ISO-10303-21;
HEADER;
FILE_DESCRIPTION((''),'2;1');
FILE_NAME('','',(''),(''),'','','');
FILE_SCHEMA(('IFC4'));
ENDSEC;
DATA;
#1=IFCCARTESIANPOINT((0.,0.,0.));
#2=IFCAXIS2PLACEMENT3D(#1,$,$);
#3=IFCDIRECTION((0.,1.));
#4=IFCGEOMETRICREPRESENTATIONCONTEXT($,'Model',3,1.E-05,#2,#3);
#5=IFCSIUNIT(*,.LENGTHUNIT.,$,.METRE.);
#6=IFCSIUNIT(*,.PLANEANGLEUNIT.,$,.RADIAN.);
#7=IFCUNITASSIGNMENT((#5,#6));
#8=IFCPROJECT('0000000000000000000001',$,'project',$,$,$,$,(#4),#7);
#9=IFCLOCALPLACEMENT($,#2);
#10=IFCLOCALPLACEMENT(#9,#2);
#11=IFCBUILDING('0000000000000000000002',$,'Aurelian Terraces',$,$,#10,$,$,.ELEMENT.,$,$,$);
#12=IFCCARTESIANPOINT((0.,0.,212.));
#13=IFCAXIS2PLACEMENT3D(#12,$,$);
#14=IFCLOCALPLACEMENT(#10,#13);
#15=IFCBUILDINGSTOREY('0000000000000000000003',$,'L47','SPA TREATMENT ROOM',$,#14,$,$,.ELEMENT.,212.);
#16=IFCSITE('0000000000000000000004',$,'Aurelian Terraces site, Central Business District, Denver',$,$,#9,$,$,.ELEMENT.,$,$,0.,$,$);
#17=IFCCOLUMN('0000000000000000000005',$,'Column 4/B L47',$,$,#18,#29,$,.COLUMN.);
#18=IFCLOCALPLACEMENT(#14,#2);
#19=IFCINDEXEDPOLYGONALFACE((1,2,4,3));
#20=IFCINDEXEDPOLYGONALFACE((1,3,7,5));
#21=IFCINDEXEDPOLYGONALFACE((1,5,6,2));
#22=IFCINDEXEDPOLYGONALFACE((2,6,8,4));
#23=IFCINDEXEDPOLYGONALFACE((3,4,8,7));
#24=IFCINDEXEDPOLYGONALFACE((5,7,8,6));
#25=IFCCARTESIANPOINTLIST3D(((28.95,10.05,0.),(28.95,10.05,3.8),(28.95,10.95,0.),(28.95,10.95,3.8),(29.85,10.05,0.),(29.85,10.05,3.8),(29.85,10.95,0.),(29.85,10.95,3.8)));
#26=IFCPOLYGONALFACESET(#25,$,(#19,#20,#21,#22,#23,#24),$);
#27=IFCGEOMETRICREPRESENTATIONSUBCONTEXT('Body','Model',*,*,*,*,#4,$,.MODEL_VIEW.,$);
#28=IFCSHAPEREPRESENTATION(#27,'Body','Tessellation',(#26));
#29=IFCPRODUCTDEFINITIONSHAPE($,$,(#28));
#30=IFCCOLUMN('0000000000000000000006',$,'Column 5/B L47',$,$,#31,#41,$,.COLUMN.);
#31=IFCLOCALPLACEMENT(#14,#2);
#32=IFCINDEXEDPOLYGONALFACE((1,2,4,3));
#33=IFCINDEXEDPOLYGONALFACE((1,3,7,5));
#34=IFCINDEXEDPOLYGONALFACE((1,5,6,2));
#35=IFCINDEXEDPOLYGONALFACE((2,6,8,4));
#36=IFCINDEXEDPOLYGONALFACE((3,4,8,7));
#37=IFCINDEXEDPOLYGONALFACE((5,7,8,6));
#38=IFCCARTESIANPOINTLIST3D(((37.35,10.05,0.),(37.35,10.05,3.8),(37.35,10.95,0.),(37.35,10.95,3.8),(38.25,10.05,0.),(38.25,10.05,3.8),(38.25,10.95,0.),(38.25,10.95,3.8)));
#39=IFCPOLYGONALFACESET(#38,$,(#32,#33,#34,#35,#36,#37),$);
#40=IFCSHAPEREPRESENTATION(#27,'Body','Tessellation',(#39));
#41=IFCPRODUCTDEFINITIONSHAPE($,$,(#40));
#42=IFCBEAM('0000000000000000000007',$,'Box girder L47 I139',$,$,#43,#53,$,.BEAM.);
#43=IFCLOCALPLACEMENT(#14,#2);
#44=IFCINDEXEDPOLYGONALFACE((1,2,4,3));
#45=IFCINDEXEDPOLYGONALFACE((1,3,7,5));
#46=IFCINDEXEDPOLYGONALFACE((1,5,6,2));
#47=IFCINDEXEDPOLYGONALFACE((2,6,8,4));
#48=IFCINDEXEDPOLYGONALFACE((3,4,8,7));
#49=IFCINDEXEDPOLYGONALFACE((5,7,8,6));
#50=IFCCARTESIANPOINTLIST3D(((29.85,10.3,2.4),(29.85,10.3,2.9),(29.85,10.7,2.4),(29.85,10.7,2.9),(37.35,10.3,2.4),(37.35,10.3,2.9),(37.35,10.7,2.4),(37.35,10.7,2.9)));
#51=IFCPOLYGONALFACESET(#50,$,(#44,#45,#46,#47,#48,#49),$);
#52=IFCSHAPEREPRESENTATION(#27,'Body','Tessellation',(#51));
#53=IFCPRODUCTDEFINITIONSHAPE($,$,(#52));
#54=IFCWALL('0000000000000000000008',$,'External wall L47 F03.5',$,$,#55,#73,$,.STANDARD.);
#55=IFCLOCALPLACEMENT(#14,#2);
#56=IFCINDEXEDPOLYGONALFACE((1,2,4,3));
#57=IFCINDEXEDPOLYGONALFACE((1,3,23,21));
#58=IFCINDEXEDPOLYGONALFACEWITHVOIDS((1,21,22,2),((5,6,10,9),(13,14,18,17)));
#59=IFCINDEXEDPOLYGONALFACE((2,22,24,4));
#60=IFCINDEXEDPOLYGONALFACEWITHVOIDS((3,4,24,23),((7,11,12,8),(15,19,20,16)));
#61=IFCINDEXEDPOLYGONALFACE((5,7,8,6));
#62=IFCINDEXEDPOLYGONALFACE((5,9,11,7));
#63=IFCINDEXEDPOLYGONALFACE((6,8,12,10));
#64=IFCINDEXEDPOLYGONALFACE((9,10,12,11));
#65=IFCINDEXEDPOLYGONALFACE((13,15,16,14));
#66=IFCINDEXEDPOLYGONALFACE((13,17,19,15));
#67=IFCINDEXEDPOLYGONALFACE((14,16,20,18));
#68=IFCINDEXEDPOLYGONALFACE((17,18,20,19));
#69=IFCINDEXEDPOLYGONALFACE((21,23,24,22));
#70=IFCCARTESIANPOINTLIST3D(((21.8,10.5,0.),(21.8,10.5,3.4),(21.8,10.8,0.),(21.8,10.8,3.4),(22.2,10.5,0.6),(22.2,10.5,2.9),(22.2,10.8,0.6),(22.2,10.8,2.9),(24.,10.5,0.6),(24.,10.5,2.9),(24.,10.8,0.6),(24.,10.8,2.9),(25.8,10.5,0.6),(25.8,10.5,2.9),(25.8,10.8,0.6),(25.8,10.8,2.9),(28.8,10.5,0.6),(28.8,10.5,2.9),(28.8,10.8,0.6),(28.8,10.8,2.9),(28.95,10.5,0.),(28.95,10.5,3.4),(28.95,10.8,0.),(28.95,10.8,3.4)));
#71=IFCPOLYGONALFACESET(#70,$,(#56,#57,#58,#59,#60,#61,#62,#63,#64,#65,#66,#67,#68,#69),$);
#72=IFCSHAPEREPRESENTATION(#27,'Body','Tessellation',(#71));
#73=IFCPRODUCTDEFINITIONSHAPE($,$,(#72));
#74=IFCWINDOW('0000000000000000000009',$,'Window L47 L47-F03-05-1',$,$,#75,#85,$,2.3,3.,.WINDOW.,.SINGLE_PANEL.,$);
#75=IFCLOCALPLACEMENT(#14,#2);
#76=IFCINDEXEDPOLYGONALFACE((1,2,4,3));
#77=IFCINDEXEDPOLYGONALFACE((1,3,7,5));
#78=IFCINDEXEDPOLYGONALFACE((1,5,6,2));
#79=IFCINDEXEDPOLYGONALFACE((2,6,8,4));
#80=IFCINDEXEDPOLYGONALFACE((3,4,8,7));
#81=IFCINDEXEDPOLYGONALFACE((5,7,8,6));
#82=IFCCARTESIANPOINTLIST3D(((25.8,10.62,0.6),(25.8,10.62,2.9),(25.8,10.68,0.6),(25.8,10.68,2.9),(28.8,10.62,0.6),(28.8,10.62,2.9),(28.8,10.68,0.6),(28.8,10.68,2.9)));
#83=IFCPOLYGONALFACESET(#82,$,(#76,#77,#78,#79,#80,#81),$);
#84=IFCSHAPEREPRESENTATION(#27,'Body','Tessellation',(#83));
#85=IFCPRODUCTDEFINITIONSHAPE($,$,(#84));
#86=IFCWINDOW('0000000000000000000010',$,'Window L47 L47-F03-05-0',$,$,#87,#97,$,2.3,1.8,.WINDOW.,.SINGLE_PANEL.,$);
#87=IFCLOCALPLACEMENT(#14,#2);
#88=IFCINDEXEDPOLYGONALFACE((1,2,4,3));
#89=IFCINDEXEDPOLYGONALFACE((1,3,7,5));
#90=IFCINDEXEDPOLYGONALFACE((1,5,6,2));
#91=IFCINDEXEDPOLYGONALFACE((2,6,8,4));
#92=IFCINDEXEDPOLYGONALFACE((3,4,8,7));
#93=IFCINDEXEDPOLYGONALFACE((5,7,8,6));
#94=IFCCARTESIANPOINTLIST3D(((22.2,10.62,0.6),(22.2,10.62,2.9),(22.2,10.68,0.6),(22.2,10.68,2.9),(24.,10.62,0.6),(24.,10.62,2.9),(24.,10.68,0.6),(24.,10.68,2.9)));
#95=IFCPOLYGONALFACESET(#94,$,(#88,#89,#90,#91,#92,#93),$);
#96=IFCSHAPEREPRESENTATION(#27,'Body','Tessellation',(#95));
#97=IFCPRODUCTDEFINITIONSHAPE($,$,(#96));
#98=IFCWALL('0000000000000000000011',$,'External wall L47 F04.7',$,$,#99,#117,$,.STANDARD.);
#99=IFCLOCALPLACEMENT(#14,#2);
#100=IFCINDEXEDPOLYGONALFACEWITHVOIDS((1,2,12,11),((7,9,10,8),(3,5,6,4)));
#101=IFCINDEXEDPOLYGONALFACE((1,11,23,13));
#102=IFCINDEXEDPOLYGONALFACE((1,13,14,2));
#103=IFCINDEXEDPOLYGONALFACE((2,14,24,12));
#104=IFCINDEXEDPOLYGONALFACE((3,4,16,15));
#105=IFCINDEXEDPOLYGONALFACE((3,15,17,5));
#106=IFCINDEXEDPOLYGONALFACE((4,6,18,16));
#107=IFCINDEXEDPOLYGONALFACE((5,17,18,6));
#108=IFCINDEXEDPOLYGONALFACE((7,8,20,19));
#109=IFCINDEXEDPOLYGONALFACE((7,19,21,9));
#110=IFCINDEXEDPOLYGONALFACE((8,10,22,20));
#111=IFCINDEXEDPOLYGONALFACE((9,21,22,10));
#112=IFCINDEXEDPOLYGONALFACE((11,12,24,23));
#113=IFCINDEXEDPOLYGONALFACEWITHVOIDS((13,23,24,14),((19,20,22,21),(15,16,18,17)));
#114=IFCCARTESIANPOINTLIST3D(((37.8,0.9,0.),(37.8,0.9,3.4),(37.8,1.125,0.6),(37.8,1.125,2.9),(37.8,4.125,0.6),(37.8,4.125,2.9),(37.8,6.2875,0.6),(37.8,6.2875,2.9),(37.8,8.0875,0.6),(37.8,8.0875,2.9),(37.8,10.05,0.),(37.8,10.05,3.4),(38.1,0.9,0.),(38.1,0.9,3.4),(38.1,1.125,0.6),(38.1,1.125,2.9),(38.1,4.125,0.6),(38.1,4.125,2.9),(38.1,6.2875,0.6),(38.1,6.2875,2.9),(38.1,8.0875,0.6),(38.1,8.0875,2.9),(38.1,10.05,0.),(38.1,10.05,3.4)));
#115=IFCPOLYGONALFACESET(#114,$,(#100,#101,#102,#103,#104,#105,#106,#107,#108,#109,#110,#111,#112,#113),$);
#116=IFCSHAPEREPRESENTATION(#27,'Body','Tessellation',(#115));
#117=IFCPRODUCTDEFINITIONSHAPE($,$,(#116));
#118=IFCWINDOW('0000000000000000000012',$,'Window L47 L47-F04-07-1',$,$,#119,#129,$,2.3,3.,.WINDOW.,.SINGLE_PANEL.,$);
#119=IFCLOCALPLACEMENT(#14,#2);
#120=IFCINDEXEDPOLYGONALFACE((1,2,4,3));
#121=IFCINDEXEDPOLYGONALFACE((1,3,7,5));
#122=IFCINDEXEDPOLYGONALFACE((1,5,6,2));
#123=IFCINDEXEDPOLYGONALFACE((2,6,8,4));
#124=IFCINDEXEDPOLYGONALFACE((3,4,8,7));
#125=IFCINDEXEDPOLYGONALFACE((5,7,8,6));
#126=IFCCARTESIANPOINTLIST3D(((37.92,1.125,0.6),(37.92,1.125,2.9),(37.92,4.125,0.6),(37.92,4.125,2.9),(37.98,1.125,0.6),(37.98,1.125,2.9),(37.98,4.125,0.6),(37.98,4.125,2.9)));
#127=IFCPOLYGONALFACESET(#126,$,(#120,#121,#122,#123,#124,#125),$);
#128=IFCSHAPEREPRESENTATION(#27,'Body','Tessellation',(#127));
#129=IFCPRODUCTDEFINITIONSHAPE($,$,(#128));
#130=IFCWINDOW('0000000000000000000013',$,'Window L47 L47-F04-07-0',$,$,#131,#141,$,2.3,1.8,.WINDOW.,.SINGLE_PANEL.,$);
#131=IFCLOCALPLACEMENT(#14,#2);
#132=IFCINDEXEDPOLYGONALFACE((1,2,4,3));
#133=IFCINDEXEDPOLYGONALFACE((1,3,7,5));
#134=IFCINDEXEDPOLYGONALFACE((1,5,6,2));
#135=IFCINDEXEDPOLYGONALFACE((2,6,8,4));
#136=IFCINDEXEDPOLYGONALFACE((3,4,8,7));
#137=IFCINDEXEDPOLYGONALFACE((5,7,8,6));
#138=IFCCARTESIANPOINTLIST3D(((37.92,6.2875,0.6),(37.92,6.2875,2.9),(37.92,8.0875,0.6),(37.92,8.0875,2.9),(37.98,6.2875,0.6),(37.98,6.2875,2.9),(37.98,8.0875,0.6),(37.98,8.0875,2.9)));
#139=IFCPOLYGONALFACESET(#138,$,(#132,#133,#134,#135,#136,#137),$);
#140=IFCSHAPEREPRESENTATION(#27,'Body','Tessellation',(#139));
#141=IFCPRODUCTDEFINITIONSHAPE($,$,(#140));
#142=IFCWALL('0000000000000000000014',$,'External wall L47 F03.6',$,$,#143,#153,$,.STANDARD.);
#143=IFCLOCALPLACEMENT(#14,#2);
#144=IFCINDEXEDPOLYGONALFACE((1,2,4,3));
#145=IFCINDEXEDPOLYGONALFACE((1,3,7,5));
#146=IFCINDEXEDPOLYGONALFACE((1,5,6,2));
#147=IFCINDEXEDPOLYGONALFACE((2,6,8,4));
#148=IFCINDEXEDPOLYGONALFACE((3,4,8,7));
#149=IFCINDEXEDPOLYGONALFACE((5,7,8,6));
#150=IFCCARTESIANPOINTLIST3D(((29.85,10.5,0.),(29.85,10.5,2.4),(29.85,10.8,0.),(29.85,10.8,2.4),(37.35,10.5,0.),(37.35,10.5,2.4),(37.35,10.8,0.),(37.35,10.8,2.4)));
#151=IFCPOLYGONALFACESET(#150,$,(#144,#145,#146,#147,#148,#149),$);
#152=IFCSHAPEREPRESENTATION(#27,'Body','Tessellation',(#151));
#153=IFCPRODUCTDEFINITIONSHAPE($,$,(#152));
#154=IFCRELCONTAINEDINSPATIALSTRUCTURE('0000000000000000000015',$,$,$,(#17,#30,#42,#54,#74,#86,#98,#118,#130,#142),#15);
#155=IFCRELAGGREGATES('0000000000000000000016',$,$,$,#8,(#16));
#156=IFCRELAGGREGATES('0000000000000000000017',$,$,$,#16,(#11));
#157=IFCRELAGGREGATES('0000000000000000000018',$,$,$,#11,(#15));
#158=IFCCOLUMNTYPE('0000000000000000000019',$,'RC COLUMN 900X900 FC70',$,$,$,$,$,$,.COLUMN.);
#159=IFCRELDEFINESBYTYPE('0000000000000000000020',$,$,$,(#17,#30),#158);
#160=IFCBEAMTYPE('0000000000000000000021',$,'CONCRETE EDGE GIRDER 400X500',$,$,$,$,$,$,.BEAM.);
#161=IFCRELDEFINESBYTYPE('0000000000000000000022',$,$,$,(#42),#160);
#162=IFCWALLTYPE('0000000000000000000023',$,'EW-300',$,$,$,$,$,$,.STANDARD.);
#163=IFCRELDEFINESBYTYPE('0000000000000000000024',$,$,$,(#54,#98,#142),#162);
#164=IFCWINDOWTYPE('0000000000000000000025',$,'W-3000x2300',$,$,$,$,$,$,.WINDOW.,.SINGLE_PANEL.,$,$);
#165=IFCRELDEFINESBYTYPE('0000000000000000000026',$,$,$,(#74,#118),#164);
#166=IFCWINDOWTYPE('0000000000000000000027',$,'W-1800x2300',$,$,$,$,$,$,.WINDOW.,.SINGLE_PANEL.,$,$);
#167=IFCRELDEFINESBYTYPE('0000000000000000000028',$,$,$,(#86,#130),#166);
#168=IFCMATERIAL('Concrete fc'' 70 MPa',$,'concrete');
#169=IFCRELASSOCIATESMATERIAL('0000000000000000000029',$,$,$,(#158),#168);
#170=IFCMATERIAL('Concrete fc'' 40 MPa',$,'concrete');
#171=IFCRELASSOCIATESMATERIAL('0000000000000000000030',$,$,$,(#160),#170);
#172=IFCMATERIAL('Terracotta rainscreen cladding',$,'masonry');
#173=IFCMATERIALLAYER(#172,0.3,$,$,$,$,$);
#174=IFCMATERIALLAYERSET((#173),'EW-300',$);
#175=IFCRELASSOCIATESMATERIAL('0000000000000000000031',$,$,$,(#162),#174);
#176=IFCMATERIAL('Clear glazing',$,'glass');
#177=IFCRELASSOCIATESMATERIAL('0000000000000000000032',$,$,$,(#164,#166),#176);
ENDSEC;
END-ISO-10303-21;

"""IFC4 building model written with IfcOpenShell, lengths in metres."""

from ifc_helpers import new_model, si_unit, direction, frame, frame_2d, origin, origin_2d, place, context, subcontext, project, spatial, rectangle, extrude, source, transform, mapped, material, layer, layer_set, material_profile, profile_set, type_object, element, fill, save


model = new_model("IFC4")

# Units and contexts
model_context = context("Model", 3, precision=1e-05, world=origin(), true_north=direction((0.0, 1.0)))
body_context = subcontext(model_context, "Body", "Model", "MODEL_VIEW")
ifc_project = project(units=[si_unit("LENGTHUNIT", "METRE"), si_unit("PLANEANGLEUNIT", "RADIAN")], contexts=[model_context])

# Site, building, storey
site_placement = place(None, origin())
site = spatial("IfcSite", under=ifc_project, at=site_placement, Name="Aurelian Terraces site, Central Business District, Denver", CompositionType="ELEMENT", RefElevation=0.0)
building_placement = place(site_placement, origin())
building = spatial("IfcBuilding", under=site, at=building_placement, Name="Aurelian Terraces", CompositionType="ELEMENT")
storey_placement = place(building_placement, frame((0.0, 0.0, 212.0)))
storey = spatial("IfcBuildingStorey", under=building, at=storey_placement, Name="L47", Description="SPA TREATMENT ROOM", CompositionType="ELEMENT", Elevation=212.0)

# Columns
ifc_material_1 = material(Name="Concrete fc' 70 MPa", Category="concrete")
ifc_material_profile_1 = material_profile(ifc_material_1, rectangle(XDim=0.9, YDim=0.9, at=origin_2d()))
ifc_profile_set_1 = profile_set([ifc_material_profile_1], Name="Concrete fc' 70 MPa")
column_type = type_object("IfcColumnType", Name="RC COLUMN 900X900 FC70", PredefinedType="COLUMN", material=ifc_profile_set_1)
shared_shape_1 = source(origin(), body_context, "Body", "SweptSolid", [
    extrude(rectangle(XDim=0.9, YDim=0.9, at=origin_2d()), origin(), (0.0, 0.0, 1.0), 3.8),
])
for number, where, z_axis, x_axis, name in (
    (1, (29.4, 10.5, 0.0), (0.0, 0.0, 1.0), (1.0, 0.0, 0.0), "Column 4/B L47"),
    (2, (37.8, 10.5, 0.0), (0.0, 0.0, 1.0), (1.0, 0.0, 0.0), "Column 5/B L47"),
):
    element("IfcColumn", number, at=place(storey_placement, frame(where, z_axis=z_axis, x_axis=x_axis)), inside=storey, type_object=column_type, Name=name, PredefinedType="COLUMN", context=body_context, shape_type="MappedRepresentation", body=[
        mapped(shared_shape_1, transform((0.0, 0.0, 0.0), scale=1.0)),
    ])

# Beam
ifc_material_2 = material(Name="Concrete fc' 40 MPa", Category="concrete")
ifc_material_profile_2 = material_profile(ifc_material_2, rectangle(XDim=0.4, YDim=0.5, at=origin_2d()))
ifc_profile_set_2 = profile_set([ifc_material_profile_2], Name="Concrete fc' 40 MPa")
beam_type = type_object("IfcBeamType", Name="CONCRETE EDGE GIRDER 400X500", PredefinedType="BEAM", material=ifc_profile_set_2)
shared_shape_2 = source(origin(), body_context, "Body", "SweptSolid", [
    extrude(rectangle(XDim=0.4, YDim=0.5, at=origin_2d()), origin(), (0.0, 0.0, 1.0), 7.5),
])
beam_placement = place(storey_placement, frame((29.85, 10.5, 2.65), z_axis=(1.0, 0.0, 0.0), x_axis=(0.0, 1.0, 0.0)))
element("IfcBeam", 3, at=beam_placement, inside=storey, type_object=beam_type, Name="Box girder L47 I139", PredefinedType="BEAM", context=body_context, shape_type="MappedRepresentation", body=[
    mapped(shared_shape_2, transform((0.0, 0.0, 0.0), scale=1.0)),
])

# Walls, openings, windows
ifc_material_3 = material(Name="Terracotta rainscreen cladding", Category="masonry")
ifc_layer_1 = layer(ifc_material_3, 0.3)
ifc_layer_set_1 = layer_set([ifc_layer_1], Name="EW-300")
wall_type_1 = type_object("IfcWallType", Name="EW-300", PredefinedType="STANDARD", material=ifc_layer_set_1)
shared_shape_3 = source(origin(), body_context, "Body", "SweptSolid", [
    extrude(rectangle(XDim=7.15, YDim=0.3, at=frame_2d((3.575, 0.0))), origin(), (0.0, 0.0, 1.0), 3.4),
])
wall_1_placement = place(storey_placement, frame((21.8, 10.65, 0.0), z_axis=(0.0, 0.0, 1.0), x_axis=(1.0, 0.0, 0.0)))
wall_1 = element("IfcWall", 4, at=wall_1_placement, inside=storey, type_object=wall_type_1, Name="External wall L47 F03.5", PredefinedType="STANDARD", context=body_context, shape_type="MappedRepresentation", body=[
    mapped(shared_shape_3, transform((0.0, 0.0, 0.0), scale=1.0)),
])
shared_shape_4 = source(origin(), body_context, "Body", "SweptSolid", [
    extrude(rectangle(XDim=1.8, YDim=2.3, at=frame_2d((0.9, 1.15))), frame((0.0, 0.16, 0.0), z_axis=(0.0, -1.0, 0.0), x_axis=(1.0, 0.0, 0.0)), (0.0, 0.0, 1.0), 0.32),
])
opening_1_placement = place(wall_1_placement, frame((0.4, 0.0, 0.6)))
opening_1 = element("IfcOpeningElement", 5, at=opening_1_placement, cuts=wall_1, PredefinedType="OPENING", context=body_context, shape_type="MappedRepresentation", body=[
    mapped(shared_shape_4, transform((0.0, 0.0, 0.0), scale=1.0)),
])
shared_shape_5 = source(origin(), body_context, "Body", "SweptSolid", [
    extrude(rectangle(XDim=3.0, YDim=2.3, at=frame_2d((1.5, 1.15))), frame((0.0, 0.16, 0.0), z_axis=(0.0, -1.0, 0.0), x_axis=(1.0, 0.0, 0.0)), (0.0, 0.0, 1.0), 0.32),
])
opening_2_placement = place(wall_1_placement, frame((4.0, 0.0, 0.6)))
opening_2 = element("IfcOpeningElement", 6, at=opening_2_placement, cuts=wall_1, PredefinedType="OPENING", context=body_context, shape_type="MappedRepresentation", body=[
    mapped(shared_shape_5, transform((0.0, 0.0, 0.0), scale=1.0)),
])
ifc_material_4 = material(Name="Clear glazing", Category="glass")
window_type_1 = type_object("IfcWindowType", Name="W-3000x2300", PartitioningType="SINGLE_PANEL", PredefinedType="WINDOW", material=ifc_material_4)
shared_shape_6 = source(origin(), body_context, "Body", "SweptSolid", [
    extrude(rectangle(XDim=3.0, YDim=2.3, at=frame_2d((1.5, 1.15))), frame((0.0, 0.03, 0.0), z_axis=(0.0, -1.0, 0.0), x_axis=(1.0, 0.0, 0.0)), (0.0, 0.0, 1.0), 0.06),
])
window_1_placement = place(opening_2_placement, origin())
window_1 = element("IfcWindow", 7, at=window_1_placement, inside=storey, type_object=window_type_1, Name="Window L47 L47-F03-05-1", OverallHeight=2.3, OverallWidth=3.0, PartitioningType="SINGLE_PANEL", PredefinedType="WINDOW", context=body_context, shape_type="MappedRepresentation", body=[
    mapped(shared_shape_6, transform((0.0, 0.0, 0.0), scale=1.0)),
])
fill(opening_2, window_1)
window_type_2 = type_object("IfcWindowType", Name="W-1800x2300", PartitioningType="SINGLE_PANEL", PredefinedType="WINDOW", material=ifc_material_4)
shared_shape_7 = source(origin(), body_context, "Body", "SweptSolid", [
    extrude(rectangle(XDim=1.8, YDim=2.3, at=frame_2d((0.9, 1.15))), frame((0.0, 0.03, 0.0), z_axis=(0.0, -1.0, 0.0), x_axis=(1.0, 0.0, 0.0)), (0.0, 0.0, 1.0), 0.06),
])
window_2_placement = place(opening_1_placement, origin())
window_2 = element("IfcWindow", 8, at=window_2_placement, inside=storey, type_object=window_type_2, Name="Window L47 L47-F03-05-0", OverallHeight=2.3, OverallWidth=1.8, PartitioningType="SINGLE_PANEL", PredefinedType="WINDOW", context=body_context, shape_type="MappedRepresentation", body=[
    mapped(shared_shape_7, transform((0.0, 0.0, 0.0), scale=1.0)),
])
fill(opening_1, window_2)
shared_shape_8 = source(origin(), body_context, "Body", "SweptSolid", [
    extrude(rectangle(XDim=9.15, YDim=0.3, at=frame_2d((4.575, 0.0))), origin(), (0.0, 0.0, 1.0), 3.4),
])
wall_2_placement = place(storey_placement, frame((37.95, 10.05, 0.0), z_axis=(0.0, 0.0, 1.0), x_axis=(0.0, -1.0, 0.0)))
wall_2 = element("IfcWall", 9, at=wall_2_placement, inside=storey, type_object=wall_type_1, Name="External wall L47 F04.7", PredefinedType="STANDARD", context=body_context, shape_type="MappedRepresentation", body=[
    mapped(shared_shape_8, transform((0.0, 0.0, 0.0), scale=1.0)),
])
opening_3_placement = place(wall_2_placement, frame((1.9625, 0.0, 0.6)))
opening_3 = element("IfcOpeningElement", 10, at=opening_3_placement, cuts=wall_2, PredefinedType="OPENING", context=body_context, shape_type="MappedRepresentation", body=[
    mapped(shared_shape_4, transform((0.0, 0.0, 0.0), scale=1.0)),
])
opening_4_placement = place(wall_2_placement, frame((5.925, 0.0, 0.6)))
opening_4 = element("IfcOpeningElement", 11, at=opening_4_placement, cuts=wall_2, PredefinedType="OPENING", context=body_context, shape_type="MappedRepresentation", body=[
    mapped(shared_shape_5, transform((0.0, 0.0, 0.0), scale=1.0)),
])
window_3_placement = place(opening_4_placement, origin())
window_3 = element("IfcWindow", 12, at=window_3_placement, inside=storey, type_object=window_type_1, Name="Window L47 L47-F04-07-1", OverallHeight=2.3, OverallWidth=3.0, PartitioningType="SINGLE_PANEL", PredefinedType="WINDOW", context=body_context, shape_type="MappedRepresentation", body=[
    mapped(shared_shape_6, transform((0.0, 0.0, 0.0), scale=1.0)),
])
fill(opening_4, window_3)
window_4_placement = place(opening_3_placement, origin())
window_4 = element("IfcWindow", 13, at=window_4_placement, inside=storey, type_object=window_type_2, Name="Window L47 L47-F04-07-0", OverallHeight=2.3, OverallWidth=1.8, PartitioningType="SINGLE_PANEL", PredefinedType="WINDOW", context=body_context, shape_type="MappedRepresentation", body=[
    mapped(shared_shape_7, transform((0.0, 0.0, 0.0), scale=1.0)),
])
fill(opening_3, window_4)

# Wall
shared_shape_9 = source(origin(), body_context, "Body", "SweptSolid", [
    extrude(rectangle(XDim=7.5, YDim=0.3, at=frame_2d((3.75, 0.0))), origin(), (0.0, 0.0, 1.0), 2.4),
])
wall_3_placement = place(storey_placement, frame((29.85, 10.65, 0.0), z_axis=(0.0, 0.0, 1.0), x_axis=(1.0, 0.0, 0.0)))
element("IfcWall", 14, at=wall_3_placement, inside=storey, type_object=wall_type_1, Name="External wall L47 F03.6", PredefinedType="STANDARD", context=body_context, shape_type="MappedRepresentation", body=[
    mapped(shared_shape_9, transform((0.0, 0.0, 0.0), scale=1.0)),
])

save(model, "model.ifc")
